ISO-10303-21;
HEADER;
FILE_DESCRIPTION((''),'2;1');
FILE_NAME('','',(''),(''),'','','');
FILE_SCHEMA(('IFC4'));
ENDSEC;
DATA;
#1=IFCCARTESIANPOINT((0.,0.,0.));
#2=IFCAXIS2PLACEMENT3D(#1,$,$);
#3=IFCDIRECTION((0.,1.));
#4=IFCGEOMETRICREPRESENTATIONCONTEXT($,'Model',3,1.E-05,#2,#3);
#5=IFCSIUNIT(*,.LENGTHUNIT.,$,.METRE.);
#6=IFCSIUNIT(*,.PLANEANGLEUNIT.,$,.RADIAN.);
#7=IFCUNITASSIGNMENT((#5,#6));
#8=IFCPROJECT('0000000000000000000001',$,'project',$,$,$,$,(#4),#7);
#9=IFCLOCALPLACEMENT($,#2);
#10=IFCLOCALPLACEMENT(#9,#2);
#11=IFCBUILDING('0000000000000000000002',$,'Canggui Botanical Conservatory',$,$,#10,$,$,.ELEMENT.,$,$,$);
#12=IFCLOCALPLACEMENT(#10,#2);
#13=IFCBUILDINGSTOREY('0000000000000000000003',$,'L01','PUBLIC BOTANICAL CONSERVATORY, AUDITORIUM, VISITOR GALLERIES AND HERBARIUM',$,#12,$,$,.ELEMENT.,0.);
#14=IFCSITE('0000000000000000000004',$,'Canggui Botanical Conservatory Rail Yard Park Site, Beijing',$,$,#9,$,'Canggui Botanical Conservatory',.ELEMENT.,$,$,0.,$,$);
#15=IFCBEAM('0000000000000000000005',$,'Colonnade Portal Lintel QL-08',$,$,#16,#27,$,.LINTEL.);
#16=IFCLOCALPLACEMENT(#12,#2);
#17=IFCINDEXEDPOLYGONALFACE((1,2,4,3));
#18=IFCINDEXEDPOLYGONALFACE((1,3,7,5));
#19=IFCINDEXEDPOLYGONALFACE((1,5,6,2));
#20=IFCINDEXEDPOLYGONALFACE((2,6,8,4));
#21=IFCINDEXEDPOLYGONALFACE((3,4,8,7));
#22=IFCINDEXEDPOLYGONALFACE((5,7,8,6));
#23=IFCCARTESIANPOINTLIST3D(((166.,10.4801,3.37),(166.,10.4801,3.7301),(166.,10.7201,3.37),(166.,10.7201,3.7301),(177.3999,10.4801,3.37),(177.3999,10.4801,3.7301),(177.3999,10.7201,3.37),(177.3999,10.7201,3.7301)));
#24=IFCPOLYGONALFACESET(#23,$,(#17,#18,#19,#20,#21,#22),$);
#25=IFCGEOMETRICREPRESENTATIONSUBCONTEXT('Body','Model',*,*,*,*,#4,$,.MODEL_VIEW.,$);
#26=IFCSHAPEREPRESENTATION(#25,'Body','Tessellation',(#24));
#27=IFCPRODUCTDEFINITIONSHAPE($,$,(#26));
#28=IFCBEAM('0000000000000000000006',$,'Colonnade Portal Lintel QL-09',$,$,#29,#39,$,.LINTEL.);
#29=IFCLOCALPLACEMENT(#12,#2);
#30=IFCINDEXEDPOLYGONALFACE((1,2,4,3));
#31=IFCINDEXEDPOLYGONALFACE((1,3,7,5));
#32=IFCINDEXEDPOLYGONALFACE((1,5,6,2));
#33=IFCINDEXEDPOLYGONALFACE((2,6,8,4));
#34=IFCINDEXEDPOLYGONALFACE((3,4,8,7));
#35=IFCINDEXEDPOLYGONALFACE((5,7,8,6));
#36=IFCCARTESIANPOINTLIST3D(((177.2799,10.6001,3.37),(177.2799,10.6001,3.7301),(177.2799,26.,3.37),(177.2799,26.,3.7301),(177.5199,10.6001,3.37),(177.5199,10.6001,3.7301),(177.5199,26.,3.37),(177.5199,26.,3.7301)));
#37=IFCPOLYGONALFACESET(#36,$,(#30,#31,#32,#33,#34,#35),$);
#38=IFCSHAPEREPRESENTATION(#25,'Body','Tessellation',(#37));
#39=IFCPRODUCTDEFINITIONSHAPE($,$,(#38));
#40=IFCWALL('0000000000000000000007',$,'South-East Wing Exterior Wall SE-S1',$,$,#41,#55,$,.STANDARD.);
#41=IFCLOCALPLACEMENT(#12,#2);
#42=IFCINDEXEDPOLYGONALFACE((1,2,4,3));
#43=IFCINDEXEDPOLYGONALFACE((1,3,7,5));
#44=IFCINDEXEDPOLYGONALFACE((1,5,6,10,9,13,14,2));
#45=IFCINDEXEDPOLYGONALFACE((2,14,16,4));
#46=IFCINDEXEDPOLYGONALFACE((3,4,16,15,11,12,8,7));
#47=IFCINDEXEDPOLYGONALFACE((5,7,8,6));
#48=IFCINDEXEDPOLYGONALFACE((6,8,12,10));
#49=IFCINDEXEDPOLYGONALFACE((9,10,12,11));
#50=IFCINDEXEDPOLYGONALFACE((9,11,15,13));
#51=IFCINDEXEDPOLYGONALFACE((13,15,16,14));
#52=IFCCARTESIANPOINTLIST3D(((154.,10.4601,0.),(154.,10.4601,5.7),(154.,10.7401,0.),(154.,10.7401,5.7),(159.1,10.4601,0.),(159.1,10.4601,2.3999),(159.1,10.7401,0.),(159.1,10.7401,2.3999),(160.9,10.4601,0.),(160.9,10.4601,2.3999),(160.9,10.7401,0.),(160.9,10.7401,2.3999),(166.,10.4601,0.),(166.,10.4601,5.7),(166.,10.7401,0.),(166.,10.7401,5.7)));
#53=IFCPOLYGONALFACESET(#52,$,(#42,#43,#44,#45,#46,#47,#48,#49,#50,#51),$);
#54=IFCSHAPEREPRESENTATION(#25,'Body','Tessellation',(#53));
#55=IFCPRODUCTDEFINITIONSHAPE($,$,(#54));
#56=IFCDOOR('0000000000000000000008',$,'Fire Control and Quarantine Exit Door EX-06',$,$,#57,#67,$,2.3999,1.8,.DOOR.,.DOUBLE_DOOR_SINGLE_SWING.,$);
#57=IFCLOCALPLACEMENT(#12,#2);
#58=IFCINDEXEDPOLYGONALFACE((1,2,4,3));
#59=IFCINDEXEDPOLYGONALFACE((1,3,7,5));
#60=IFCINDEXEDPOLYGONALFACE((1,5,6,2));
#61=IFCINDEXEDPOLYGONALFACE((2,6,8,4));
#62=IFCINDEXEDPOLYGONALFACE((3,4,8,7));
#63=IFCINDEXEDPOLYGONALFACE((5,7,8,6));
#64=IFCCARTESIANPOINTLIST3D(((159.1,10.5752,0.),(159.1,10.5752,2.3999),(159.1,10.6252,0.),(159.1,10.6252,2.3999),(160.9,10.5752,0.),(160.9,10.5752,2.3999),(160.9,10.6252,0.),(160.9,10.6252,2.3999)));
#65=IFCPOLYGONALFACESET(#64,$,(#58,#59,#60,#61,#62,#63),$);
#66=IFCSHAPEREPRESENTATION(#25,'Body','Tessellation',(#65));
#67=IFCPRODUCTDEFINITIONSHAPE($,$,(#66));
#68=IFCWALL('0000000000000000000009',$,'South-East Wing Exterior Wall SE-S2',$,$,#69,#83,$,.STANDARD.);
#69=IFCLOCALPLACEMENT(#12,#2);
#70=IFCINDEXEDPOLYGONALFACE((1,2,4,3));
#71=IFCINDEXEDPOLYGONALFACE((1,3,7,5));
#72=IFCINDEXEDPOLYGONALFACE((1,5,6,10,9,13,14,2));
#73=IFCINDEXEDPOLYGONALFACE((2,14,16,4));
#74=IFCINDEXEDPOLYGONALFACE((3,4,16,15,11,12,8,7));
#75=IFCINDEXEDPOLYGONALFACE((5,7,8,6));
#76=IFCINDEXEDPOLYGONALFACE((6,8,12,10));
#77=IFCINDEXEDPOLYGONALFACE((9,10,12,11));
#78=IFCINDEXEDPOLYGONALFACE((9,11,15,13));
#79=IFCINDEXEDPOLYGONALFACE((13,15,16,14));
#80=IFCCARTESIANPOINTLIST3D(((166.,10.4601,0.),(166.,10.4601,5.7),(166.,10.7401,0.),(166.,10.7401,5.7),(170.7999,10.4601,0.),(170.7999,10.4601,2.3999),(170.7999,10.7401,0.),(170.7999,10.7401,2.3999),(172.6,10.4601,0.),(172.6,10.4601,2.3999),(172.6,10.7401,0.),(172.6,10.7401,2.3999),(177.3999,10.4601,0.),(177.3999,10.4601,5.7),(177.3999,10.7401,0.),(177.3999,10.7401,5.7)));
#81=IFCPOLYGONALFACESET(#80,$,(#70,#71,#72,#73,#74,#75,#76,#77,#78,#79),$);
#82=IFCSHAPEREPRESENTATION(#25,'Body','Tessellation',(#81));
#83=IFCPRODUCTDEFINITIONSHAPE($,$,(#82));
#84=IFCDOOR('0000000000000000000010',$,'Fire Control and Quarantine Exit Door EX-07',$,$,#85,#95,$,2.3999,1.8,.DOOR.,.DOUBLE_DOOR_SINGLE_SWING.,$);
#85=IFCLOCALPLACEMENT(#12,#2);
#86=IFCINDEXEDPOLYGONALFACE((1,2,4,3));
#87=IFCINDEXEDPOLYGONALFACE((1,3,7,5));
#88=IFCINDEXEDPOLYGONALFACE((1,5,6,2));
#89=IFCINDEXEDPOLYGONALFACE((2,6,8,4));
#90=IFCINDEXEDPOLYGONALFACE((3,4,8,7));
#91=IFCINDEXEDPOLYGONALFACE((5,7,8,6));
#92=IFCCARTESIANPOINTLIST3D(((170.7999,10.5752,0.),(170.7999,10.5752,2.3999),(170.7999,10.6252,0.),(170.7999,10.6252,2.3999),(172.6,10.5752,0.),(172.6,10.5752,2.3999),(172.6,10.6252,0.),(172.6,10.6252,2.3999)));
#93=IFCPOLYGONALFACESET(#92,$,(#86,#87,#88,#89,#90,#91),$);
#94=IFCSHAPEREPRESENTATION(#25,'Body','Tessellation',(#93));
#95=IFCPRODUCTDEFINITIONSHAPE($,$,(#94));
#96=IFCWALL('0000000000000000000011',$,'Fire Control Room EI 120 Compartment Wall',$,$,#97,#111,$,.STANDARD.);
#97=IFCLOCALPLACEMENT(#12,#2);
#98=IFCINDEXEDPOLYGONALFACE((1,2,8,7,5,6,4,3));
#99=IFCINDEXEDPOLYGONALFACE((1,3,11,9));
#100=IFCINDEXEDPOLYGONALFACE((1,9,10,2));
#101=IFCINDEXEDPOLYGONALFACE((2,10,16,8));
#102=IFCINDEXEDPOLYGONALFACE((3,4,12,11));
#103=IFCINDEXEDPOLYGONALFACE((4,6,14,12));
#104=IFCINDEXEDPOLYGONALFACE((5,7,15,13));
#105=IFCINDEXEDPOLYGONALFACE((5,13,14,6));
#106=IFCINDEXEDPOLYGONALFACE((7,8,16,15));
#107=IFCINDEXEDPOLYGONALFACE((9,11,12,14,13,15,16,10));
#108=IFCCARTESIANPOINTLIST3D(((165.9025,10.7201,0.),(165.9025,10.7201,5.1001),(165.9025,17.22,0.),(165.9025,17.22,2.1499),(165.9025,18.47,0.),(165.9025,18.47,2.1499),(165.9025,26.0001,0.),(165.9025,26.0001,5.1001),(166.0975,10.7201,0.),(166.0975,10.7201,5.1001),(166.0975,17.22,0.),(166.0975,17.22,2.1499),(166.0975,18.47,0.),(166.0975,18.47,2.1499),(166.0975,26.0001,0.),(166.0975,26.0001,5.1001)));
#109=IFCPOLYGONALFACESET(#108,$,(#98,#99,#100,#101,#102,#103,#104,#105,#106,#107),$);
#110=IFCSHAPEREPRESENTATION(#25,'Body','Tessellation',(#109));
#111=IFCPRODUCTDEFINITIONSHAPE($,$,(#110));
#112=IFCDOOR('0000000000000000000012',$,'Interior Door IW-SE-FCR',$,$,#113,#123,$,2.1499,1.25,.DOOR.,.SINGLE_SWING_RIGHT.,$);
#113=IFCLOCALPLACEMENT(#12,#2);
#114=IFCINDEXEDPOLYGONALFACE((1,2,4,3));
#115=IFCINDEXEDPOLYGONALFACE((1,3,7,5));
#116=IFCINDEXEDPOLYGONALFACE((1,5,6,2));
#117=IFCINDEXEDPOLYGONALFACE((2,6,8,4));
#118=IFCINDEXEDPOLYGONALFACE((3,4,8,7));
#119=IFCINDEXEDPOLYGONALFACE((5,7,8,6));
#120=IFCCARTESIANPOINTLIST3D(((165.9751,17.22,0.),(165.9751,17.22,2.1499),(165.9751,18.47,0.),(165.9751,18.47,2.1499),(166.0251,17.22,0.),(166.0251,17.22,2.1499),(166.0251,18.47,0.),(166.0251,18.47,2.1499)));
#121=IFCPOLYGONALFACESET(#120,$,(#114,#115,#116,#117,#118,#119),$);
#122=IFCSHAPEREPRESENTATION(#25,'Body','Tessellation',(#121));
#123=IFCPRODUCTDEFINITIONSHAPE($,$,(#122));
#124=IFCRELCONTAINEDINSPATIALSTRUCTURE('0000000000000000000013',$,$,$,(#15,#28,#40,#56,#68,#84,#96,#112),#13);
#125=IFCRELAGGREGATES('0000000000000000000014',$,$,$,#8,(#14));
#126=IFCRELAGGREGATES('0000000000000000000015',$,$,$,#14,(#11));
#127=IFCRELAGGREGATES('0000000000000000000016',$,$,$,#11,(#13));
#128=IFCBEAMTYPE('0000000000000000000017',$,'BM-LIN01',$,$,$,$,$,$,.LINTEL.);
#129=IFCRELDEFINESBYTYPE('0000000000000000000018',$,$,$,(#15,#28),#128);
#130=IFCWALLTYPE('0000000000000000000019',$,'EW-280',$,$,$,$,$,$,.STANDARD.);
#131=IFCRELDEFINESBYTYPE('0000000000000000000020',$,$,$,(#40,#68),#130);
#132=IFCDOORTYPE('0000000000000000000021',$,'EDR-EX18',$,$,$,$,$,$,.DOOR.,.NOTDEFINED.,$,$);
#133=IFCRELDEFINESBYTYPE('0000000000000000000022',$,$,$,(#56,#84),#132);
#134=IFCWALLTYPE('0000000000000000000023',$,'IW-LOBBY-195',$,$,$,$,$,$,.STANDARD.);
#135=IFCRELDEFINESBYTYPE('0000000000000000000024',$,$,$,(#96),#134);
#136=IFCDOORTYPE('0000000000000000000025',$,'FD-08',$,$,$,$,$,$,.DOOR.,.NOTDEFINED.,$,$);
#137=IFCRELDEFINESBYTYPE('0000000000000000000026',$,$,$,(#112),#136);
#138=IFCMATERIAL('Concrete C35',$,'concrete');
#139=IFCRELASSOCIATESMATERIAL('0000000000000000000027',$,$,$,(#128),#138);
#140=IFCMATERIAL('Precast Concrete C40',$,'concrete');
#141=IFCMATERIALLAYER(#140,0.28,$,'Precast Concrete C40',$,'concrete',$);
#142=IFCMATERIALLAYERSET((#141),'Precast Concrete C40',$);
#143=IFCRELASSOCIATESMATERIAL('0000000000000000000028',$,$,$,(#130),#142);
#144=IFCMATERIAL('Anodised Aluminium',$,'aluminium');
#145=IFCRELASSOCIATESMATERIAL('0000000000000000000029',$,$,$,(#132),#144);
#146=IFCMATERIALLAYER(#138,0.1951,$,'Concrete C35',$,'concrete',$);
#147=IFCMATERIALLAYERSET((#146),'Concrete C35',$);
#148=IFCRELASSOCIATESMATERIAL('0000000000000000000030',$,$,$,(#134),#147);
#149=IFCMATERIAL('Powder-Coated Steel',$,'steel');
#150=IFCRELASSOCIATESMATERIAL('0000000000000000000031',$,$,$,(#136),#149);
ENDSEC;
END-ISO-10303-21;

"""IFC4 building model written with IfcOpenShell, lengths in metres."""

from ifc_helpers import new_model, si_unit, direction, frame, frame_2d, origin, origin_2d, place, context, subcontext, project, spatial, rectangle, extrude, material, layer, layer_set, material_profile, profile_set, type_object, element, fill, save


model = new_model("IFC4")

# Units and contexts
model_context = context("Model", 3, precision=1e-05, world=origin(), true_north=direction((0.0, 1.0)))
body_context = subcontext(model_context, "Body", "Model", "MODEL_VIEW")
ifc_project = project(units=[si_unit("LENGTHUNIT", "METRE"), si_unit("PLANEANGLEUNIT", "RADIAN")], contexts=[model_context])

# Site, building, storey
site_placement = place(None, origin())
site = spatial("IfcSite", under=ifc_project, at=site_placement, Name="Canggui Botanical Conservatory Rail Yard Park Site, Beijing", LongName="Canggui Botanical Conservatory", CompositionType="ELEMENT", RefElevation=0.0)
building_placement = place(site_placement, origin())
building = spatial("IfcBuilding", under=site, at=building_placement, Name="Canggui Botanical Conservatory", CompositionType="ELEMENT")
storey_placement = place(building_placement, origin())
storey = spatial("IfcBuildingStorey", under=building, at=storey_placement, Name="L01", Description="PUBLIC BOTANICAL CONSERVATORY, AUDITORIUM, VISITOR GALLERIES AND HERBARIUM", CompositionType="ELEMENT", Elevation=0.0)

# Shared definitions
ifc_material_1 = material(Name="Concrete C35", Category="concrete")

# Beams
ifc_material_profile_1 = material_profile(ifc_material_1, rectangle(XDim=0.24, YDim=0.3601, at=origin_2d()), Name="RB 240x360")
ifc_profile_set_1 = profile_set([ifc_material_profile_1], Name="Concrete C35")
beam_type = type_object("IfcBeamType", Name="BM-LIN01", PredefinedType="LINTEL", material=ifc_profile_set_1)
beam_1_placement = place(storey_placement, frame((166.0, 10.6001, 3.55), z_axis=(1.0, 0.0, 0.0), x_axis=(0.0, 1.0, 0.0)))
element("IfcBeam", 1, at=beam_1_placement, inside=storey, type_object=beam_type, Name="Colonnade Portal Lintel QL-08", PredefinedType="LINTEL", context=body_context, shape_type="SweptSolid", body=[
    extrude(rectangle(XDim=0.24, YDim=0.3601, at=origin_2d()), origin(), (0.0, 0.0, 1.0), 11.3999),
])
beam_2_placement = place(storey_placement, frame((177.3999, 10.6001, 3.55), z_axis=(0.0, 1.0, 0.0), x_axis=(-1.0, 0.0, 0.0)))
element("IfcBeam", 2, at=beam_2_placement, inside=storey, type_object=beam_type, Name="Colonnade Portal Lintel QL-09", PredefinedType="LINTEL", context=body_context, shape_type="SweptSolid", body=[
    extrude(rectangle(XDim=0.24, YDim=0.3601, at=origin_2d()), origin(), (0.0, 0.0, 1.0), 15.3999),
])

# Walls, openings, doors
ifc_material_2 = material(Name="Precast Concrete C40", Category="concrete")
ifc_layer_1 = layer(ifc_material_2, 0.28, Name="Precast Concrete C40", Category="concrete")
ifc_layer_set_1 = layer_set([ifc_layer_1], Name="Precast Concrete C40")
wall_type_1 = type_object("IfcWallType", Name="EW-280", PredefinedType="STANDARD", material=ifc_layer_set_1)
wall_1_placement = place(storey_placement, frame((166.0, 10.6001, 0.0), z_axis=(0.0, 0.0, 1.0), x_axis=(-1.0, 0.0, 0.0)))
wall_1 = element("IfcWall", 3, at=wall_1_placement, inside=storey, type_object=wall_type_1, Name="South-East Wing Exterior Wall SE-S1", PredefinedType="STANDARD", context=body_context, shape_type="SweptSolid", body=[
    extrude(rectangle(XDim=12.0, YDim=0.28, at=frame_2d((6.0, 0.0))), origin(), (0.0, 0.0, 1.0), 5.7),
])
opening_1_placement = place(wall_1_placement, frame((5.1001, 0.0, 0.0)))
opening_1 = element("IfcOpeningElement", 4, at=opening_1_placement, cuts=wall_1, PredefinedType="OPENING", context=body_context, shape_type="SweptSolid", body=[
    extrude(rectangle(XDim=1.8, YDim=2.3999, at=frame_2d((0.8999, 1.2))), frame((0.0, 0.1499, 0.0), z_axis=(0.0, -1.0, 0.0), x_axis=(1.0, 0.0, 0.0)), (0.0, 0.0, 1.0), 0.3),
])
ifc_material_3 = material(Name="Anodised Aluminium", Category="aluminium")
door_type_1 = type_object("IfcDoorType", Name="EDR-EX18", OperationType="NOTDEFINED", PredefinedType="DOOR", material=ifc_material_3)
door_1_placement = place(opening_1_placement, origin())
door_1 = element("IfcDoor", 5, at=door_1_placement, inside=storey, type_object=door_type_1, Name="Fire Control and Quarantine Exit Door EX-06", OperationType="DOUBLE_DOOR_SINGLE_SWING", OverallHeight=2.3999, OverallWidth=1.8, PredefinedType="DOOR", context=body_context, shape_type="SweptSolid", body=[
    extrude(rectangle(XDim=1.8, YDim=2.3999, at=frame_2d((0.8999, 1.2))), frame((0.0, 0.0249, 0.0), z_axis=(0.0, -1.0, 0.0), x_axis=(1.0, 0.0, 0.0)), (0.0, 0.0, 1.0), 0.05),
])
fill(opening_1, door_1)
wall_2_placement = place(storey_placement, frame((177.3999, 10.6001, 0.0), z_axis=(0.0, 0.0, 1.0), x_axis=(-1.0, 0.0, 0.0)))
wall_2 = element("IfcWall", 6, at=wall_2_placement, inside=storey, type_object=wall_type_1, Name="South-East Wing Exterior Wall SE-S2", PredefinedType="STANDARD", context=body_context, shape_type="SweptSolid", body=[
    extrude(rectangle(XDim=11.3999, YDim=0.28, at=frame_2d((5.7, 0.0))), origin(), (0.0, 0.0, 1.0), 5.7),
])
opening_2_placement = place(wall_2_placement, frame((4.8, 0.0, 0.0)))
opening_2 = element("IfcOpeningElement", 7, at=opening_2_placement, cuts=wall_2, PredefinedType="OPENING", context=body_context, shape_type="SweptSolid", body=[
    extrude(rectangle(XDim=1.8, YDim=2.3999, at=frame_2d((0.8999, 1.2))), frame((0.0, 0.1499, 0.0), z_axis=(0.0, -1.0, 0.0), x_axis=(1.0, 0.0, 0.0)), (0.0, 0.0, 1.0), 0.3),
])
door_2_placement = place(opening_2_placement, origin())
door_2 = element("IfcDoor", 8, at=door_2_placement, inside=storey, type_object=door_type_1, Name="Fire Control and Quarantine Exit Door EX-07", OperationType="DOUBLE_DOOR_SINGLE_SWING", OverallHeight=2.3999, OverallWidth=1.8, PredefinedType="DOOR", context=body_context, shape_type="SweptSolid", body=[
    extrude(rectangle(XDim=1.8, YDim=2.3999, at=frame_2d((0.8999, 1.2))), frame((0.0, 0.0249, 0.0), z_axis=(0.0, -1.0, 0.0), x_axis=(1.0, 0.0, 0.0)), (0.0, 0.0, 1.0), 0.05),
])
fill(opening_2, door_2)
ifc_layer_2 = layer(ifc_material_1, 0.1951, Name="Concrete C35", Category="concrete")
ifc_layer_set_2 = layer_set([ifc_layer_2], Name="Concrete C35")
wall_type_2 = type_object("IfcWallType", Name="IW-LOBBY-195", PredefinedType="STANDARD", material=ifc_layer_set_2)
wall_3_placement = place(storey_placement, frame((166.0, 10.72, 0.0), z_axis=(0.0, 0.0, 1.0), x_axis=(0.0, 1.0, 0.0)))
wall_3 = element("IfcWall", 9, at=wall_3_placement, inside=storey, type_object=wall_type_2, Name="Fire Control Room EI 120 Compartment Wall", PredefinedType="STANDARD", context=body_context, shape_type="SweptSolid", body=[
    extrude(rectangle(XDim=15.28, YDim=0.1951, at=frame_2d((7.6401, 0.0))), origin(), (0.0, 0.0, 1.0), 5.1001),
])
opening_3_placement = place(wall_3_placement, frame((6.5, 0.0, 0.0)))
opening_3 = element("IfcOpeningElement", 10, at=opening_3_placement, cuts=wall_3, PredefinedType="OPENING", context=body_context, shape_type="SweptSolid", body=[
    extrude(rectangle(XDim=1.25, YDim=2.1499, at=frame_2d((0.625, 1.075))), frame((0.0, 0.1074, 0.0), z_axis=(0.0, -1.0, 0.0), x_axis=(1.0, 0.0, 0.0)), (0.0, 0.0, 1.0), 0.2151),
])
ifc_material_4 = material(Name="Powder-Coated Steel", Category="steel")
door_type_2 = type_object("IfcDoorType", Name="FD-08", OperationType="NOTDEFINED", PredefinedType="DOOR", material=ifc_material_4)
door_3_placement = place(opening_3_placement, origin())
door_3 = element("IfcDoor", 11, at=door_3_placement, inside=storey, type_object=door_type_2, Name="Interior Door IW-SE-FCR", OperationType="SINGLE_SWING_RIGHT", OverallHeight=2.1499, OverallWidth=1.25, PredefinedType="DOOR", context=body_context, shape_type="SweptSolid", body=[
    extrude(rectangle(XDim=1.25, YDim=2.1499, at=frame_2d((0.625, 1.075))), frame((0.0, 0.0249, 0.0), z_axis=(0.0, -1.0, 0.0), x_axis=(1.0, 0.0, 0.0)), (0.0, 0.0, 1.0), 0.05),
])
fill(opening_3, door_3)

save(model, "model.ifc")
